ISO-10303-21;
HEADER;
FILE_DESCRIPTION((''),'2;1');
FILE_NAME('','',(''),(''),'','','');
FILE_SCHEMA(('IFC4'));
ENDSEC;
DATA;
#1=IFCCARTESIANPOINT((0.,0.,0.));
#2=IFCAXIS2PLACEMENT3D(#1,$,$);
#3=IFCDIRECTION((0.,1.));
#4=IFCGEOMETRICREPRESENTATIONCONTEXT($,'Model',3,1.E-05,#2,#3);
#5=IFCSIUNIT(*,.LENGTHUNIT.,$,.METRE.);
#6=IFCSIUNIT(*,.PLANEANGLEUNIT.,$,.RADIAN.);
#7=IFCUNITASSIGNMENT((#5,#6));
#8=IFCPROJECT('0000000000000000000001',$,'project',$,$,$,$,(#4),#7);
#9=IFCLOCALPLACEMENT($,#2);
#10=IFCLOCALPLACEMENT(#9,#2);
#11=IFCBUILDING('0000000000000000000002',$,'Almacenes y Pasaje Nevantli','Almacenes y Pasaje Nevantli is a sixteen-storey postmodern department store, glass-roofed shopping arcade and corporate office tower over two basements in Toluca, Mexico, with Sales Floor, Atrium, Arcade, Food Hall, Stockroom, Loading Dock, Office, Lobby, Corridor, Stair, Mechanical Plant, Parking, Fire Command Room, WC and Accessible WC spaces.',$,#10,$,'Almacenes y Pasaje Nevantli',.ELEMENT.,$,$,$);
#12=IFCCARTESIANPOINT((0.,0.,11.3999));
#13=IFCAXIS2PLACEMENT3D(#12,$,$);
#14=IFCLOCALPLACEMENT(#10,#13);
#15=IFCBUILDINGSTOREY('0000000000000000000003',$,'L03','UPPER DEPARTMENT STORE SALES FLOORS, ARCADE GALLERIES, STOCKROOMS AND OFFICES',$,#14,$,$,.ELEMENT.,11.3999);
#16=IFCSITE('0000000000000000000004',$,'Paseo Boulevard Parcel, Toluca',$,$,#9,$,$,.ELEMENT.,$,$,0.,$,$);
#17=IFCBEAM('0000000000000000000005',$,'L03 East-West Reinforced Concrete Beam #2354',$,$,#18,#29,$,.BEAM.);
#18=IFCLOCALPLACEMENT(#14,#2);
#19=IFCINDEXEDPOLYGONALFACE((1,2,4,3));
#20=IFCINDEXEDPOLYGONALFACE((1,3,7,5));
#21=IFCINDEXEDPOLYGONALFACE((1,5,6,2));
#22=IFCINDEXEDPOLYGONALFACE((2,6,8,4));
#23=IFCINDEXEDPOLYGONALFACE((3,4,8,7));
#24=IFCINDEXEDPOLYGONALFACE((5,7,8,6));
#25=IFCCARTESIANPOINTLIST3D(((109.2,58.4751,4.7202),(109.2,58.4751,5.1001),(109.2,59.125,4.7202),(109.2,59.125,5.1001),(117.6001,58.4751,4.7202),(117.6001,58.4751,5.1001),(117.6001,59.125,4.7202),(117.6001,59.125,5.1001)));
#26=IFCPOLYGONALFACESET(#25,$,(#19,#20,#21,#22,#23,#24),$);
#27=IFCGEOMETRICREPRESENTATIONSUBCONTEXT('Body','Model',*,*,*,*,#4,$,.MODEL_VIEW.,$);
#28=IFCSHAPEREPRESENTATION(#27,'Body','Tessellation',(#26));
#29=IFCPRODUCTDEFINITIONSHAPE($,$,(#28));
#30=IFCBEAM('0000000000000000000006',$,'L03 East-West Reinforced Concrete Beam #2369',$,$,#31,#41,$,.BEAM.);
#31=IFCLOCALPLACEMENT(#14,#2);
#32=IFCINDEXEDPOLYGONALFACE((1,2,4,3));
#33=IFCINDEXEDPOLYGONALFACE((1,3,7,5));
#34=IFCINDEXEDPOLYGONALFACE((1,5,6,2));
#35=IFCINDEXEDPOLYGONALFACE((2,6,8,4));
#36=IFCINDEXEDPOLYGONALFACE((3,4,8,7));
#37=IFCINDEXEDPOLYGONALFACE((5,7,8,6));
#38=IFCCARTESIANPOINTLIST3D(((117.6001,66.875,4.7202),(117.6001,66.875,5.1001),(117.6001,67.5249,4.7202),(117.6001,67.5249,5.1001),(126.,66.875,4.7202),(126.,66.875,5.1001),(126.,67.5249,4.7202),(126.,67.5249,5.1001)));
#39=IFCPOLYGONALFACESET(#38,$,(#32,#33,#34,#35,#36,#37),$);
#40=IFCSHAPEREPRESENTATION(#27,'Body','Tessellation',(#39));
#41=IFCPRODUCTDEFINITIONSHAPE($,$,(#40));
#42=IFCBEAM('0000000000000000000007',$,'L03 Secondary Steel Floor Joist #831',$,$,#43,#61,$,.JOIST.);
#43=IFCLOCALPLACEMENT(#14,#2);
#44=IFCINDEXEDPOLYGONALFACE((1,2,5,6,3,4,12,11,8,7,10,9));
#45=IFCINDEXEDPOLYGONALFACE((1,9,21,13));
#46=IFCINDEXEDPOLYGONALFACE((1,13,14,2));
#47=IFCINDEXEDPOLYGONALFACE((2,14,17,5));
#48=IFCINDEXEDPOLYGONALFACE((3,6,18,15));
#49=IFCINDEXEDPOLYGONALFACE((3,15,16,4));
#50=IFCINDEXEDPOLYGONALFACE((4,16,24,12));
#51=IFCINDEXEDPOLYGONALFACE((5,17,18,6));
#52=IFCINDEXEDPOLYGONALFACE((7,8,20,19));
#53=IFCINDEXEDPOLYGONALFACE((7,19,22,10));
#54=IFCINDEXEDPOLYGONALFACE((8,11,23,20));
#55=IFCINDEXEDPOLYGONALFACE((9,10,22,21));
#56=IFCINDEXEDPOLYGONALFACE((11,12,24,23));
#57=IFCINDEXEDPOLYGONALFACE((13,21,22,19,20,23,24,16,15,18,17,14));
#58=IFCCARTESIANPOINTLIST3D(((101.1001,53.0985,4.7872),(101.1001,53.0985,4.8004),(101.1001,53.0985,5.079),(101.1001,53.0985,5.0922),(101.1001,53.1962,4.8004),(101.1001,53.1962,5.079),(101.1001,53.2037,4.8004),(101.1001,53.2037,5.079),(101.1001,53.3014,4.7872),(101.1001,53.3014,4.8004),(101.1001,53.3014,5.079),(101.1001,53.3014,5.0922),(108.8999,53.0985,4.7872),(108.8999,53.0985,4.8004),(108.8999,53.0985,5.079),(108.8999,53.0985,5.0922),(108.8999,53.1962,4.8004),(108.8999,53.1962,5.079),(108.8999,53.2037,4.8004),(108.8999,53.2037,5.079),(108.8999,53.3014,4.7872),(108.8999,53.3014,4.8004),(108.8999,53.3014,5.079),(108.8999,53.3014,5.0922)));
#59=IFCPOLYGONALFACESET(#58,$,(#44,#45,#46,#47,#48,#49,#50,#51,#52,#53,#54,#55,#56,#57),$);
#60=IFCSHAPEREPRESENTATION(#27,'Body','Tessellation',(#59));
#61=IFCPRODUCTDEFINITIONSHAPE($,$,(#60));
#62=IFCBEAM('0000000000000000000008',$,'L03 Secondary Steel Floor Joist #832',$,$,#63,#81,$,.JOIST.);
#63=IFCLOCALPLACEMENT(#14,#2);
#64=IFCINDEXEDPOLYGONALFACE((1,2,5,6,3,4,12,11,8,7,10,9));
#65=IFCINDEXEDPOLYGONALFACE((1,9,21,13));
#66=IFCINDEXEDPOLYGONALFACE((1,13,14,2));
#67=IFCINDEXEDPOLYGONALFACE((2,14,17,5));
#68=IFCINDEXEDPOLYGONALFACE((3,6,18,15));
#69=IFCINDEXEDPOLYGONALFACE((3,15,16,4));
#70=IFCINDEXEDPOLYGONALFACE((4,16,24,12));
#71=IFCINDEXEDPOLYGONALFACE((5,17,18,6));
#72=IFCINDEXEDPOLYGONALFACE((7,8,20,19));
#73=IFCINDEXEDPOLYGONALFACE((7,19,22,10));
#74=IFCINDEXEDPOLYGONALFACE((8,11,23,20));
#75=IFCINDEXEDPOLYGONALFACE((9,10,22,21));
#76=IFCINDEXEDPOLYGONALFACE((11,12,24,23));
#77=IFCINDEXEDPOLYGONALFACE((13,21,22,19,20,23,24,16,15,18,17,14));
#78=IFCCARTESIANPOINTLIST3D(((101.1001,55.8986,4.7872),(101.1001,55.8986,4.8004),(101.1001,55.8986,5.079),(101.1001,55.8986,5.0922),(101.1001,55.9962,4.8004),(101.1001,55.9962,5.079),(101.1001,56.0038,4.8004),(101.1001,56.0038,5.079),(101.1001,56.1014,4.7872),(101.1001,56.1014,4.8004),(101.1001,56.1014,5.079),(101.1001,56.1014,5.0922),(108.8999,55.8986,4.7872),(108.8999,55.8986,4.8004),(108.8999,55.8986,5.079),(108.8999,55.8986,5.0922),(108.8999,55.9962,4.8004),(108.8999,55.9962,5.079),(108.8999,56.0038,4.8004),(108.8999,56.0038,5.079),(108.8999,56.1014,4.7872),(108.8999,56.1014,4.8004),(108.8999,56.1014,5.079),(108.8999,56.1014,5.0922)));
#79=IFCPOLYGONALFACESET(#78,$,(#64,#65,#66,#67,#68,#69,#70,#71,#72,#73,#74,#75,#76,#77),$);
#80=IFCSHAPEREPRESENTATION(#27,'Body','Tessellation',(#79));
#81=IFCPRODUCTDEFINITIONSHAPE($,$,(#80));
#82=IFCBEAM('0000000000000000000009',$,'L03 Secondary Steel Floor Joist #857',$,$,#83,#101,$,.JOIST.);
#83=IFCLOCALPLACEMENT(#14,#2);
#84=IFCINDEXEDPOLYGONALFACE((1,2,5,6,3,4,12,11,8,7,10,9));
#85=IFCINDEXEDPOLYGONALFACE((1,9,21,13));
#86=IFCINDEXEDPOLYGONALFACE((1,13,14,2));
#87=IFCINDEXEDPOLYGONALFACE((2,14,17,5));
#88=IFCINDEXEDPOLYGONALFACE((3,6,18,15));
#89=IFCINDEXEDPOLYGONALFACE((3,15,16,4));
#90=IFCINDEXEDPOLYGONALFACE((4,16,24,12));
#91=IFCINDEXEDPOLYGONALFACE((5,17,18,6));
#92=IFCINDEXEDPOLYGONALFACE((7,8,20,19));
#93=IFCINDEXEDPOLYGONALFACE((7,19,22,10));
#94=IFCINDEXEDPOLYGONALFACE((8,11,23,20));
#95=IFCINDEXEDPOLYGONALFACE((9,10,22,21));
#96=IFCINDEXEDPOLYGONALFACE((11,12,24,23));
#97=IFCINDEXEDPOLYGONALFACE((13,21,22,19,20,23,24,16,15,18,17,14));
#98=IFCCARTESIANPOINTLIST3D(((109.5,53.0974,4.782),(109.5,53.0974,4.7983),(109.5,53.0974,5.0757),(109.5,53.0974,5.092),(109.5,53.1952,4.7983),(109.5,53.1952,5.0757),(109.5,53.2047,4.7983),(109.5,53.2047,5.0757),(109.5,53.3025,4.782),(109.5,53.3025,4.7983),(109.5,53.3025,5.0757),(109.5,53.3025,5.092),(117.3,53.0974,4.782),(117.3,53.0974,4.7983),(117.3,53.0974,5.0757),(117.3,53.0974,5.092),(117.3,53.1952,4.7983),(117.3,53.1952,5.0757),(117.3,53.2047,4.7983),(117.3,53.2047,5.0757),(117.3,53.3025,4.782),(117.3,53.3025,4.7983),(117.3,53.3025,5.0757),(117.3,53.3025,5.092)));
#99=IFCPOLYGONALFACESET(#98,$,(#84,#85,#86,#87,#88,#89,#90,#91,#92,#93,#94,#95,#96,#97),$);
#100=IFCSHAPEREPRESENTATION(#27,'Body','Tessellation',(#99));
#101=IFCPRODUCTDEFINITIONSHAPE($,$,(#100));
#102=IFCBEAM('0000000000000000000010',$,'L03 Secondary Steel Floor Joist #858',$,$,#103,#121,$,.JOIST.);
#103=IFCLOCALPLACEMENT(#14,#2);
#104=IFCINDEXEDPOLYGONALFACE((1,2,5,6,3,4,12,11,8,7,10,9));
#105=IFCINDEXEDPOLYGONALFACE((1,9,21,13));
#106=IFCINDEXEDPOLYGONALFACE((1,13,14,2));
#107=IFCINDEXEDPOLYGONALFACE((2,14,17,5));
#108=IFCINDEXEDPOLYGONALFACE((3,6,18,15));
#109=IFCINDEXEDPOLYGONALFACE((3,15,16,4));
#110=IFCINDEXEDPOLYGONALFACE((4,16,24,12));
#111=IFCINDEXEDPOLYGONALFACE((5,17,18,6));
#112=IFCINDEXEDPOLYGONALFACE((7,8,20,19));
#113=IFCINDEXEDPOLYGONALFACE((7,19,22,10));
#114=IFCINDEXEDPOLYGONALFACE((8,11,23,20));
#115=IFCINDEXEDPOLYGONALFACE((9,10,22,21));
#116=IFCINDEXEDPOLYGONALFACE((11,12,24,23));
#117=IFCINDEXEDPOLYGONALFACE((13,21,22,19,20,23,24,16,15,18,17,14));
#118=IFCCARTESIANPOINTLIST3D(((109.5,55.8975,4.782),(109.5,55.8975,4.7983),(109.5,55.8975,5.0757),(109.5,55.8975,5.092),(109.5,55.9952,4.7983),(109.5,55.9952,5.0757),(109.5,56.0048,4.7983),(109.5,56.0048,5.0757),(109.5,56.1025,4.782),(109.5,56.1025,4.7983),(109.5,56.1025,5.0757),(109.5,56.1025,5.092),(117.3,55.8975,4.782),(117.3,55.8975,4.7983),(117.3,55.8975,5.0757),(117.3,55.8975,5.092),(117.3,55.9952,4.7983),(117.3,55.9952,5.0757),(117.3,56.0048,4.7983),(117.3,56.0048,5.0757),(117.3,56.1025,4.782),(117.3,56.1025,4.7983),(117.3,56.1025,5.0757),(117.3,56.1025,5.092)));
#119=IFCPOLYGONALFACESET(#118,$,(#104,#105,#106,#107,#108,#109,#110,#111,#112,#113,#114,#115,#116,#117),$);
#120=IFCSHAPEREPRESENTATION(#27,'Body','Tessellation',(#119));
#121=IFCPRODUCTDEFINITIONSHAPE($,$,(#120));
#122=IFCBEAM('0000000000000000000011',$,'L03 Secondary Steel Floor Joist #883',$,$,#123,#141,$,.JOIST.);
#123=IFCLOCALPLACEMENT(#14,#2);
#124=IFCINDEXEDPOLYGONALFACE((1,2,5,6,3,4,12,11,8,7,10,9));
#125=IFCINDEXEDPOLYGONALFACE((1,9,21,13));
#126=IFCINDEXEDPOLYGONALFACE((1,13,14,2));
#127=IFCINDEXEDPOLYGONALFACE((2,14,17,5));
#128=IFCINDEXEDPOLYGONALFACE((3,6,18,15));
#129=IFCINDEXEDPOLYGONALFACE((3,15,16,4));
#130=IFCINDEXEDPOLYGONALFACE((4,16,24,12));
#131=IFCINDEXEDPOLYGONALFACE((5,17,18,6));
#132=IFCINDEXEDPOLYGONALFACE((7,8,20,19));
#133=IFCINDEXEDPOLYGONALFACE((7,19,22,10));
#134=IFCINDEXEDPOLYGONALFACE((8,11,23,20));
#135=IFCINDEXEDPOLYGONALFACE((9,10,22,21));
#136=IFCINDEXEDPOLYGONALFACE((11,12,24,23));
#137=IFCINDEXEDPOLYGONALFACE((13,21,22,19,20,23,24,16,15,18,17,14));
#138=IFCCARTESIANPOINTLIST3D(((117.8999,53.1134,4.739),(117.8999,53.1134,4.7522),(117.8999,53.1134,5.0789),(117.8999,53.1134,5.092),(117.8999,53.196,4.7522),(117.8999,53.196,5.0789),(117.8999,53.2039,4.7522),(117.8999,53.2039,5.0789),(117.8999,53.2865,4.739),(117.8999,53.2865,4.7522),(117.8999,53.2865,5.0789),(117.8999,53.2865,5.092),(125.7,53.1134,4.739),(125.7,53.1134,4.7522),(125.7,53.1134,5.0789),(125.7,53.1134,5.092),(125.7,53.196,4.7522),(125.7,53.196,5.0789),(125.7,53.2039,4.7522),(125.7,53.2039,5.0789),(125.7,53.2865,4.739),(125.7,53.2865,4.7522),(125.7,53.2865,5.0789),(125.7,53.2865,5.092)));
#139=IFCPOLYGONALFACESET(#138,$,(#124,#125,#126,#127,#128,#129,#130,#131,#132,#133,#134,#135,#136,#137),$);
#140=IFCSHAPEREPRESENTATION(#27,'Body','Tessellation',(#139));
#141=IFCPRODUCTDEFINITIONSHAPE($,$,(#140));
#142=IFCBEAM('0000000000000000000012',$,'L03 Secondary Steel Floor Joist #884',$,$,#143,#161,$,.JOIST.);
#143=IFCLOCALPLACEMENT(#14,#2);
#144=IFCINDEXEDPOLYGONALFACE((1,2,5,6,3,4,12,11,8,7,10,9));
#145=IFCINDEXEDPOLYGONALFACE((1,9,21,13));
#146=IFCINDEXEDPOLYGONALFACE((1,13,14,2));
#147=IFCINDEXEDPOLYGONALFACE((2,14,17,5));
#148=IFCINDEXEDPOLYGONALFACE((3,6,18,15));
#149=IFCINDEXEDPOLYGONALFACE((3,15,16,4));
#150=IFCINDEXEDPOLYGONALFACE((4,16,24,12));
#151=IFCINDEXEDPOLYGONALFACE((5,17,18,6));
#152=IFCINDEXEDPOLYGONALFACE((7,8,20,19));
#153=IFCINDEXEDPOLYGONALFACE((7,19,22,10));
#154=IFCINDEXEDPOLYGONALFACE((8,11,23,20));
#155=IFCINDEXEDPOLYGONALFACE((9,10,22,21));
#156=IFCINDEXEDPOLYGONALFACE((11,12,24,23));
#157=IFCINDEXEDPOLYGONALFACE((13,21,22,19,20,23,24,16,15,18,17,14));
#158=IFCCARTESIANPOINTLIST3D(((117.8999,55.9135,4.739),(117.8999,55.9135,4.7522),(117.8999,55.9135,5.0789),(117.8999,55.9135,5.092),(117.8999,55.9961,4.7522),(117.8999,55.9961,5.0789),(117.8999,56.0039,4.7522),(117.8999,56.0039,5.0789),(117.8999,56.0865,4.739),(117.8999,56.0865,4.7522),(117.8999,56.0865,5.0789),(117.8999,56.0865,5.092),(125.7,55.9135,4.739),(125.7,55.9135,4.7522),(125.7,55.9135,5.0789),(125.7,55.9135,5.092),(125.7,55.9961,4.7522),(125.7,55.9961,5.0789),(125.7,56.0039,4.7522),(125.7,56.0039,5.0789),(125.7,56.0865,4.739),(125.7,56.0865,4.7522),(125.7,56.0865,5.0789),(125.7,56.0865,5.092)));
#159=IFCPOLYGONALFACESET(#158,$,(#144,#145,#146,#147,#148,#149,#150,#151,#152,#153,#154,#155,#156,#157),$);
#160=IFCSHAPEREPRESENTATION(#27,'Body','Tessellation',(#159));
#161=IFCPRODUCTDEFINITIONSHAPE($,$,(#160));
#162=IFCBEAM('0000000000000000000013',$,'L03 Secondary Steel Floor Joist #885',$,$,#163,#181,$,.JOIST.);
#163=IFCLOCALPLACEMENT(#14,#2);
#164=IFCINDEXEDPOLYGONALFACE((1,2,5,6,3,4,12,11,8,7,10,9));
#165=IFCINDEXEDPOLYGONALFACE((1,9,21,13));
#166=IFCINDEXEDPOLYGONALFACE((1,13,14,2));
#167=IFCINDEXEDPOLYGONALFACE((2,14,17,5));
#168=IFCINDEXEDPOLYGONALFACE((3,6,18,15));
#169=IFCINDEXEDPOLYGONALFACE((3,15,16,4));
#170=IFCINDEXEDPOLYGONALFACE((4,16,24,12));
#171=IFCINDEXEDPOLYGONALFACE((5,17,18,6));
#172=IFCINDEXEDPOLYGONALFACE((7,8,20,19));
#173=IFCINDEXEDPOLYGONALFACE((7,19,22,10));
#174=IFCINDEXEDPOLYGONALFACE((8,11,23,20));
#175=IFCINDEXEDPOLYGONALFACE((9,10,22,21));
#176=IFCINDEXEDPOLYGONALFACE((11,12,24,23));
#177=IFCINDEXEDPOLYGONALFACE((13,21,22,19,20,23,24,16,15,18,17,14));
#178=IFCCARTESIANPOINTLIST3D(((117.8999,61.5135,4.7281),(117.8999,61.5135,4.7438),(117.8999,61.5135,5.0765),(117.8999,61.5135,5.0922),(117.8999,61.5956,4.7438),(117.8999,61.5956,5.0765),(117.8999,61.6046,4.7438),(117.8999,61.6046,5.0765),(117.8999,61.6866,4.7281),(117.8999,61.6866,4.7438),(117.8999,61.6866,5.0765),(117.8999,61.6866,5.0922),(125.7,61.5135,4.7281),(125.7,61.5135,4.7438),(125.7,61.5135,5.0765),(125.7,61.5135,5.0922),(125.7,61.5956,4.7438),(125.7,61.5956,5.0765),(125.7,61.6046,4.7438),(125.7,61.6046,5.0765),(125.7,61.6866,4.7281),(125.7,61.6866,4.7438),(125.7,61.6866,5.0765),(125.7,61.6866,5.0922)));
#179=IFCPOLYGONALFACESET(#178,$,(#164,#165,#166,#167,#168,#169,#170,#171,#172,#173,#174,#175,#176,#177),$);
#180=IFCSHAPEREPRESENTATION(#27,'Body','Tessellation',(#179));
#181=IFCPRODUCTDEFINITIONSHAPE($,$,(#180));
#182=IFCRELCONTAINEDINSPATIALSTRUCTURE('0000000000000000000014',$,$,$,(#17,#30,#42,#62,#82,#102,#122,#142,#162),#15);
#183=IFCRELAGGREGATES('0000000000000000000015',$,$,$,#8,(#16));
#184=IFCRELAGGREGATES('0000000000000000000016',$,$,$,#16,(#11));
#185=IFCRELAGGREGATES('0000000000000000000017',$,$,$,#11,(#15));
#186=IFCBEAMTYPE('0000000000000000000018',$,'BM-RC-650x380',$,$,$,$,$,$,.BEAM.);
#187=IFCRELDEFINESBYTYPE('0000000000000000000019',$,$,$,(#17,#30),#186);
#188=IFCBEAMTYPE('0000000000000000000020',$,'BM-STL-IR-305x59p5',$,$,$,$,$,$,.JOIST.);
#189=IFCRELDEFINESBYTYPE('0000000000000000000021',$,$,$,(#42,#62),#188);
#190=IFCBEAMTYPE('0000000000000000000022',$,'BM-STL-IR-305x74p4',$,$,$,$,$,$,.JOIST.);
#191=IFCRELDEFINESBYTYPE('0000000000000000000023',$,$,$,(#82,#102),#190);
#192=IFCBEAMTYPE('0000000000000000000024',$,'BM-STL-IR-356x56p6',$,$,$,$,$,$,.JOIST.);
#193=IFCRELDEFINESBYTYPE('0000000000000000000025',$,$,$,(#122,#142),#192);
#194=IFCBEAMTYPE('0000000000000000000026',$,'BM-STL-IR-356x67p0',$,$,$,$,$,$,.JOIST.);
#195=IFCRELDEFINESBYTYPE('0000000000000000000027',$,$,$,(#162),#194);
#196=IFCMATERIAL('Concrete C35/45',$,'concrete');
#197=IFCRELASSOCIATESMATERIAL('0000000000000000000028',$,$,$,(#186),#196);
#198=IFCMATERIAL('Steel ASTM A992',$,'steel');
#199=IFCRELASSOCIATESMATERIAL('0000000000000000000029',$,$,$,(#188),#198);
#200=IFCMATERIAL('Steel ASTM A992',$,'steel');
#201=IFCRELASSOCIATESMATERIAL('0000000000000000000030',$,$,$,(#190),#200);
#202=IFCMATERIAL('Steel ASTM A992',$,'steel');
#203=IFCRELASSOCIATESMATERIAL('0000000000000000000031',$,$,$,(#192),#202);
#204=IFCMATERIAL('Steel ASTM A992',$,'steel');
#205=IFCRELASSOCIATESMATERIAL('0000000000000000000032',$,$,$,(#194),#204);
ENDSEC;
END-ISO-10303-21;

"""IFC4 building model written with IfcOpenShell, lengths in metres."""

from ifc_helpers import new_model, si_unit, direction, frame, origin, origin_2d, place, context, subcontext, project, spatial, rectangle, i_section, extrude, material, material_profile, profile_set, type_object, element, save


model = new_model("IFC4")

# Units and contexts
model_context = context("Model", 3, precision=1e-05, world=origin(), true_north=direction((0.0, 1.0)))
body_context = subcontext(model_context, "Body", "Model", "MODEL_VIEW")
ifc_project = project(units=[si_unit("LENGTHUNIT", "METRE"), si_unit("PLANEANGLEUNIT", "RADIAN")], contexts=[model_context])

# Site, building, storey
site_placement = place(None, origin())
site = spatial("IfcSite", under=ifc_project, at=site_placement, Name="Paseo Boulevard Parcel, Toluca", CompositionType="ELEMENT", RefElevation=0.0)
building_placement = place(site_placement, origin())
building = spatial("IfcBuilding", under=site, at=building_placement, Name="Almacenes y Pasaje Nevantli", Description="Almacenes y Pasaje Nevantli is a sixteen-storey postmodern department store, glass-roofed shopping arcade and corporate office tower over two basements in Toluca, Mexico, with Sales Floor, Atrium, Arcade, Food Hall, Stockroom, Loading Dock, Office, Lobby, Corridor, Stair, Mechanical Plant, Parking, Fire Command Room, WC and Accessible WC spaces.", LongName="Almacenes y Pasaje Nevantli", CompositionType="ELEMENT")
storey_placement = place(building_placement, frame((0.0, 0.0, 11.3999)))
storey = spatial("IfcBuildingStorey", under=building, at=storey_placement, Name="L03", Description="UPPER DEPARTMENT STORE SALES FLOORS, ARCADE GALLERIES, STOCKROOMS AND OFFICES", CompositionType="ELEMENT", Elevation=11.3999)

# Beams
ifc_material_1 = material(Name="Concrete C35/45", Category="concrete")
ifc_material_profile_1 = material_profile(ifc_material_1, rectangle(XDim=0.6499, YDim=0.3799, at=origin_2d()), Name="RC-BM-650x380")
ifc_profile_set_1 = profile_set([ifc_material_profile_1], Name="Concrete C35/45")
beam_type_1 = type_object("IfcBeamType", Name="BM-RC-650x380", PredefinedType="BEAM", material=ifc_profile_set_1)
beam_1_placement = place(storey_placement, frame((109.2, 58.8, 4.9102), z_axis=(1.0, 0.0, 0.0), x_axis=(0.0, 1.0, 0.0)))
element("IfcBeam", 1, at=beam_1_placement, inside=storey, type_object=beam_type_1, Name="L03 East-West Reinforced Concrete Beam #2354", PredefinedType="BEAM", context=body_context, shape_type="SweptSolid", body=[
    extrude(rectangle(XDim=0.6499, YDim=0.3799, at=origin_2d()), origin(), (0.0, 0.0, 1.0), 8.4001),
])
beam_2_placement = place(storey_placement, frame((117.6001, 67.2, 4.9102), z_axis=(1.0, 0.0, 0.0), x_axis=(0.0, 1.0, 0.0)))
element("IfcBeam", 2, at=beam_2_placement, inside=storey, type_object=beam_type_1, Name="L03 East-West Reinforced Concrete Beam #2369", PredefinedType="BEAM", context=body_context, shape_type="SweptSolid", body=[
    extrude(rectangle(XDim=0.6499, YDim=0.3799, at=origin_2d()), origin(), (0.0, 0.0, 1.0), 8.3999),
])
ifc_material_2 = material(Name="Steel ASTM A992", Category="steel")
ifc_material_profile_2 = material_profile(ifc_material_2, i_section(OverallWidth=0.2029, OverallDepth=0.3049, WebThickness=0.0076, FlangeThickness=0.0132, at=origin_2d()), Name="IR 305x59.5")
ifc_profile_set_2 = profile_set([ifc_material_profile_2], Name="Steel ASTM A992")
beam_type_2 = type_object("IfcBeamType", Name="BM-STL-IR-305x59p5", PredefinedType="JOIST", material=ifc_profile_set_2)
for number, where, z_axis, x_axis, name in (
    (3, (101.1001, 53.2, 4.9397), (1.0, 0.0, 0.0), (0.0, 1.0, 0.0), "L03 Secondary Steel Floor Joist #831"),
    (4, (101.1001, 56.0, 4.9397), (1.0, 0.0, 0.0), (0.0, 1.0, 0.0), "L03 Secondary Steel Floor Joist #832"),
):
    element("IfcBeam", number, at=place(storey_placement, frame(where, z_axis=z_axis, x_axis=x_axis)), inside=storey, type_object=beam_type_2, Name=name, PredefinedType="JOIST", context=body_context, shape_type="SweptSolid", body=[
        extrude(i_section(OverallWidth=0.2029, OverallDepth=0.3049, WebThickness=0.0076, FlangeThickness=0.0132, at=origin_2d()), origin(), (0.0, 0.0, 1.0), 7.7998),
    ])
ifc_material_3 = material(Name="Steel ASTM A992", Category="steel")
ifc_material_profile_3 = material_profile(ifc_material_3, i_section(OverallWidth=0.2051, OverallDepth=0.3101, WebThickness=0.0095, FlangeThickness=0.0164, at=origin_2d()), Name="IR 305x74.4")
ifc_profile_set_3 = profile_set([ifc_material_profile_3], Name="Steel ASTM A992")
beam_type_3 = type_object("IfcBeamType", Name="BM-STL-IR-305x74p4", PredefinedType="JOIST", material=ifc_profile_set_3)
for number, where, z_axis, x_axis, name in (
    (5, (109.5, 53.2, 4.937), (1.0, 0.0, 0.0), (0.0, 1.0, 0.0), "L03 Secondary Steel Floor Joist #857"),
    (6, (109.5, 56.0, 4.937), (1.0, 0.0, 0.0), (0.0, 1.0, 0.0), "L03 Secondary Steel Floor Joist #858"),
):
    element("IfcBeam", number, at=place(storey_placement, frame(where, z_axis=z_axis, x_axis=x_axis)), inside=storey, type_object=beam_type_3, Name=name, PredefinedType="JOIST", context=body_context, shape_type="SweptSolid", body=[
        extrude(i_section(OverallWidth=0.2051, OverallDepth=0.3101, WebThickness=0.0095, FlangeThickness=0.0164, at=origin_2d()), origin(), (0.0, 0.0, 1.0), 7.8),
    ])
ifc_material_4 = material(Name="Steel ASTM A992", Category="steel")
ifc_material_profile_4 = material_profile(ifc_material_4, i_section(OverallWidth=0.1731, OverallDepth=0.353, WebThickness=0.0078, FlangeThickness=0.0132, at=origin_2d()), Name="IR 356x56.6")
ifc_profile_set_4 = profile_set([ifc_material_profile_4], Name="Steel ASTM A992")
beam_type_4 = type_object("IfcBeamType", Name="BM-STL-IR-356x56p6", PredefinedType="JOIST", material=ifc_profile_set_4)
for number, where, z_axis, x_axis, name in (
    (7, (117.8999, 53.2, 4.9155), (1.0, 0.0, 0.0), (0.0, 1.0, 0.0), "L03 Secondary Steel Floor Joist #883"),
    (8, (117.8999, 56.0, 4.9155), (1.0, 0.0, 0.0), (0.0, 1.0, 0.0), "L03 Secondary Steel Floor Joist #884"),
):
    element("IfcBeam", number, at=place(storey_placement, frame(where, z_axis=z_axis, x_axis=x_axis)), inside=storey, type_object=beam_type_4, Name=name, PredefinedType="JOIST", context=body_context, shape_type="SweptSolid", body=[
        extrude(i_section(OverallWidth=0.1731, OverallDepth=0.353, WebThickness=0.0078, FlangeThickness=0.0132, at=origin_2d()), origin(), (0.0, 0.0, 1.0), 7.8),
    ])
ifc_material_5 = material(Name="Steel ASTM A992", Category="steel")
ifc_material_profile_5 = material_profile(ifc_material_5, i_section(OverallWidth=0.1731, OverallDepth=0.364, WebThickness=0.009, FlangeThickness=0.0156, at=origin_2d()), Name="IR 356x67.0")
ifc_profile_set_5 = profile_set([ifc_material_profile_5], Name="Steel ASTM A992")
beam_type_5 = type_object("IfcBeamType", Name="BM-STL-IR-356x67p0", PredefinedType="JOIST", material=ifc_profile_set_5)
for number, where, z_axis, x_axis, name in (
    (9, (117.8999, 61.6001, 4.9102), (1.0, 0.0, 0.0), (0.0, 1.0, 0.0), "L03 Secondary Steel Floor Joist #885"),
):
    element("IfcBeam", number, at=place(storey_placement, frame(where, z_axis=z_axis, x_axis=x_axis)), inside=storey, type_object=beam_type_5, Name=name, PredefinedType="JOIST", context=body_context, shape_type="SweptSolid", body=[
        extrude(i_section(OverallWidth=0.1731, OverallDepth=0.364, WebThickness=0.009, FlangeThickness=0.0156, at=origin_2d()), origin(), (0.0, 0.0, 1.0), 7.8),
    ])

save(model, "model.ifc")
